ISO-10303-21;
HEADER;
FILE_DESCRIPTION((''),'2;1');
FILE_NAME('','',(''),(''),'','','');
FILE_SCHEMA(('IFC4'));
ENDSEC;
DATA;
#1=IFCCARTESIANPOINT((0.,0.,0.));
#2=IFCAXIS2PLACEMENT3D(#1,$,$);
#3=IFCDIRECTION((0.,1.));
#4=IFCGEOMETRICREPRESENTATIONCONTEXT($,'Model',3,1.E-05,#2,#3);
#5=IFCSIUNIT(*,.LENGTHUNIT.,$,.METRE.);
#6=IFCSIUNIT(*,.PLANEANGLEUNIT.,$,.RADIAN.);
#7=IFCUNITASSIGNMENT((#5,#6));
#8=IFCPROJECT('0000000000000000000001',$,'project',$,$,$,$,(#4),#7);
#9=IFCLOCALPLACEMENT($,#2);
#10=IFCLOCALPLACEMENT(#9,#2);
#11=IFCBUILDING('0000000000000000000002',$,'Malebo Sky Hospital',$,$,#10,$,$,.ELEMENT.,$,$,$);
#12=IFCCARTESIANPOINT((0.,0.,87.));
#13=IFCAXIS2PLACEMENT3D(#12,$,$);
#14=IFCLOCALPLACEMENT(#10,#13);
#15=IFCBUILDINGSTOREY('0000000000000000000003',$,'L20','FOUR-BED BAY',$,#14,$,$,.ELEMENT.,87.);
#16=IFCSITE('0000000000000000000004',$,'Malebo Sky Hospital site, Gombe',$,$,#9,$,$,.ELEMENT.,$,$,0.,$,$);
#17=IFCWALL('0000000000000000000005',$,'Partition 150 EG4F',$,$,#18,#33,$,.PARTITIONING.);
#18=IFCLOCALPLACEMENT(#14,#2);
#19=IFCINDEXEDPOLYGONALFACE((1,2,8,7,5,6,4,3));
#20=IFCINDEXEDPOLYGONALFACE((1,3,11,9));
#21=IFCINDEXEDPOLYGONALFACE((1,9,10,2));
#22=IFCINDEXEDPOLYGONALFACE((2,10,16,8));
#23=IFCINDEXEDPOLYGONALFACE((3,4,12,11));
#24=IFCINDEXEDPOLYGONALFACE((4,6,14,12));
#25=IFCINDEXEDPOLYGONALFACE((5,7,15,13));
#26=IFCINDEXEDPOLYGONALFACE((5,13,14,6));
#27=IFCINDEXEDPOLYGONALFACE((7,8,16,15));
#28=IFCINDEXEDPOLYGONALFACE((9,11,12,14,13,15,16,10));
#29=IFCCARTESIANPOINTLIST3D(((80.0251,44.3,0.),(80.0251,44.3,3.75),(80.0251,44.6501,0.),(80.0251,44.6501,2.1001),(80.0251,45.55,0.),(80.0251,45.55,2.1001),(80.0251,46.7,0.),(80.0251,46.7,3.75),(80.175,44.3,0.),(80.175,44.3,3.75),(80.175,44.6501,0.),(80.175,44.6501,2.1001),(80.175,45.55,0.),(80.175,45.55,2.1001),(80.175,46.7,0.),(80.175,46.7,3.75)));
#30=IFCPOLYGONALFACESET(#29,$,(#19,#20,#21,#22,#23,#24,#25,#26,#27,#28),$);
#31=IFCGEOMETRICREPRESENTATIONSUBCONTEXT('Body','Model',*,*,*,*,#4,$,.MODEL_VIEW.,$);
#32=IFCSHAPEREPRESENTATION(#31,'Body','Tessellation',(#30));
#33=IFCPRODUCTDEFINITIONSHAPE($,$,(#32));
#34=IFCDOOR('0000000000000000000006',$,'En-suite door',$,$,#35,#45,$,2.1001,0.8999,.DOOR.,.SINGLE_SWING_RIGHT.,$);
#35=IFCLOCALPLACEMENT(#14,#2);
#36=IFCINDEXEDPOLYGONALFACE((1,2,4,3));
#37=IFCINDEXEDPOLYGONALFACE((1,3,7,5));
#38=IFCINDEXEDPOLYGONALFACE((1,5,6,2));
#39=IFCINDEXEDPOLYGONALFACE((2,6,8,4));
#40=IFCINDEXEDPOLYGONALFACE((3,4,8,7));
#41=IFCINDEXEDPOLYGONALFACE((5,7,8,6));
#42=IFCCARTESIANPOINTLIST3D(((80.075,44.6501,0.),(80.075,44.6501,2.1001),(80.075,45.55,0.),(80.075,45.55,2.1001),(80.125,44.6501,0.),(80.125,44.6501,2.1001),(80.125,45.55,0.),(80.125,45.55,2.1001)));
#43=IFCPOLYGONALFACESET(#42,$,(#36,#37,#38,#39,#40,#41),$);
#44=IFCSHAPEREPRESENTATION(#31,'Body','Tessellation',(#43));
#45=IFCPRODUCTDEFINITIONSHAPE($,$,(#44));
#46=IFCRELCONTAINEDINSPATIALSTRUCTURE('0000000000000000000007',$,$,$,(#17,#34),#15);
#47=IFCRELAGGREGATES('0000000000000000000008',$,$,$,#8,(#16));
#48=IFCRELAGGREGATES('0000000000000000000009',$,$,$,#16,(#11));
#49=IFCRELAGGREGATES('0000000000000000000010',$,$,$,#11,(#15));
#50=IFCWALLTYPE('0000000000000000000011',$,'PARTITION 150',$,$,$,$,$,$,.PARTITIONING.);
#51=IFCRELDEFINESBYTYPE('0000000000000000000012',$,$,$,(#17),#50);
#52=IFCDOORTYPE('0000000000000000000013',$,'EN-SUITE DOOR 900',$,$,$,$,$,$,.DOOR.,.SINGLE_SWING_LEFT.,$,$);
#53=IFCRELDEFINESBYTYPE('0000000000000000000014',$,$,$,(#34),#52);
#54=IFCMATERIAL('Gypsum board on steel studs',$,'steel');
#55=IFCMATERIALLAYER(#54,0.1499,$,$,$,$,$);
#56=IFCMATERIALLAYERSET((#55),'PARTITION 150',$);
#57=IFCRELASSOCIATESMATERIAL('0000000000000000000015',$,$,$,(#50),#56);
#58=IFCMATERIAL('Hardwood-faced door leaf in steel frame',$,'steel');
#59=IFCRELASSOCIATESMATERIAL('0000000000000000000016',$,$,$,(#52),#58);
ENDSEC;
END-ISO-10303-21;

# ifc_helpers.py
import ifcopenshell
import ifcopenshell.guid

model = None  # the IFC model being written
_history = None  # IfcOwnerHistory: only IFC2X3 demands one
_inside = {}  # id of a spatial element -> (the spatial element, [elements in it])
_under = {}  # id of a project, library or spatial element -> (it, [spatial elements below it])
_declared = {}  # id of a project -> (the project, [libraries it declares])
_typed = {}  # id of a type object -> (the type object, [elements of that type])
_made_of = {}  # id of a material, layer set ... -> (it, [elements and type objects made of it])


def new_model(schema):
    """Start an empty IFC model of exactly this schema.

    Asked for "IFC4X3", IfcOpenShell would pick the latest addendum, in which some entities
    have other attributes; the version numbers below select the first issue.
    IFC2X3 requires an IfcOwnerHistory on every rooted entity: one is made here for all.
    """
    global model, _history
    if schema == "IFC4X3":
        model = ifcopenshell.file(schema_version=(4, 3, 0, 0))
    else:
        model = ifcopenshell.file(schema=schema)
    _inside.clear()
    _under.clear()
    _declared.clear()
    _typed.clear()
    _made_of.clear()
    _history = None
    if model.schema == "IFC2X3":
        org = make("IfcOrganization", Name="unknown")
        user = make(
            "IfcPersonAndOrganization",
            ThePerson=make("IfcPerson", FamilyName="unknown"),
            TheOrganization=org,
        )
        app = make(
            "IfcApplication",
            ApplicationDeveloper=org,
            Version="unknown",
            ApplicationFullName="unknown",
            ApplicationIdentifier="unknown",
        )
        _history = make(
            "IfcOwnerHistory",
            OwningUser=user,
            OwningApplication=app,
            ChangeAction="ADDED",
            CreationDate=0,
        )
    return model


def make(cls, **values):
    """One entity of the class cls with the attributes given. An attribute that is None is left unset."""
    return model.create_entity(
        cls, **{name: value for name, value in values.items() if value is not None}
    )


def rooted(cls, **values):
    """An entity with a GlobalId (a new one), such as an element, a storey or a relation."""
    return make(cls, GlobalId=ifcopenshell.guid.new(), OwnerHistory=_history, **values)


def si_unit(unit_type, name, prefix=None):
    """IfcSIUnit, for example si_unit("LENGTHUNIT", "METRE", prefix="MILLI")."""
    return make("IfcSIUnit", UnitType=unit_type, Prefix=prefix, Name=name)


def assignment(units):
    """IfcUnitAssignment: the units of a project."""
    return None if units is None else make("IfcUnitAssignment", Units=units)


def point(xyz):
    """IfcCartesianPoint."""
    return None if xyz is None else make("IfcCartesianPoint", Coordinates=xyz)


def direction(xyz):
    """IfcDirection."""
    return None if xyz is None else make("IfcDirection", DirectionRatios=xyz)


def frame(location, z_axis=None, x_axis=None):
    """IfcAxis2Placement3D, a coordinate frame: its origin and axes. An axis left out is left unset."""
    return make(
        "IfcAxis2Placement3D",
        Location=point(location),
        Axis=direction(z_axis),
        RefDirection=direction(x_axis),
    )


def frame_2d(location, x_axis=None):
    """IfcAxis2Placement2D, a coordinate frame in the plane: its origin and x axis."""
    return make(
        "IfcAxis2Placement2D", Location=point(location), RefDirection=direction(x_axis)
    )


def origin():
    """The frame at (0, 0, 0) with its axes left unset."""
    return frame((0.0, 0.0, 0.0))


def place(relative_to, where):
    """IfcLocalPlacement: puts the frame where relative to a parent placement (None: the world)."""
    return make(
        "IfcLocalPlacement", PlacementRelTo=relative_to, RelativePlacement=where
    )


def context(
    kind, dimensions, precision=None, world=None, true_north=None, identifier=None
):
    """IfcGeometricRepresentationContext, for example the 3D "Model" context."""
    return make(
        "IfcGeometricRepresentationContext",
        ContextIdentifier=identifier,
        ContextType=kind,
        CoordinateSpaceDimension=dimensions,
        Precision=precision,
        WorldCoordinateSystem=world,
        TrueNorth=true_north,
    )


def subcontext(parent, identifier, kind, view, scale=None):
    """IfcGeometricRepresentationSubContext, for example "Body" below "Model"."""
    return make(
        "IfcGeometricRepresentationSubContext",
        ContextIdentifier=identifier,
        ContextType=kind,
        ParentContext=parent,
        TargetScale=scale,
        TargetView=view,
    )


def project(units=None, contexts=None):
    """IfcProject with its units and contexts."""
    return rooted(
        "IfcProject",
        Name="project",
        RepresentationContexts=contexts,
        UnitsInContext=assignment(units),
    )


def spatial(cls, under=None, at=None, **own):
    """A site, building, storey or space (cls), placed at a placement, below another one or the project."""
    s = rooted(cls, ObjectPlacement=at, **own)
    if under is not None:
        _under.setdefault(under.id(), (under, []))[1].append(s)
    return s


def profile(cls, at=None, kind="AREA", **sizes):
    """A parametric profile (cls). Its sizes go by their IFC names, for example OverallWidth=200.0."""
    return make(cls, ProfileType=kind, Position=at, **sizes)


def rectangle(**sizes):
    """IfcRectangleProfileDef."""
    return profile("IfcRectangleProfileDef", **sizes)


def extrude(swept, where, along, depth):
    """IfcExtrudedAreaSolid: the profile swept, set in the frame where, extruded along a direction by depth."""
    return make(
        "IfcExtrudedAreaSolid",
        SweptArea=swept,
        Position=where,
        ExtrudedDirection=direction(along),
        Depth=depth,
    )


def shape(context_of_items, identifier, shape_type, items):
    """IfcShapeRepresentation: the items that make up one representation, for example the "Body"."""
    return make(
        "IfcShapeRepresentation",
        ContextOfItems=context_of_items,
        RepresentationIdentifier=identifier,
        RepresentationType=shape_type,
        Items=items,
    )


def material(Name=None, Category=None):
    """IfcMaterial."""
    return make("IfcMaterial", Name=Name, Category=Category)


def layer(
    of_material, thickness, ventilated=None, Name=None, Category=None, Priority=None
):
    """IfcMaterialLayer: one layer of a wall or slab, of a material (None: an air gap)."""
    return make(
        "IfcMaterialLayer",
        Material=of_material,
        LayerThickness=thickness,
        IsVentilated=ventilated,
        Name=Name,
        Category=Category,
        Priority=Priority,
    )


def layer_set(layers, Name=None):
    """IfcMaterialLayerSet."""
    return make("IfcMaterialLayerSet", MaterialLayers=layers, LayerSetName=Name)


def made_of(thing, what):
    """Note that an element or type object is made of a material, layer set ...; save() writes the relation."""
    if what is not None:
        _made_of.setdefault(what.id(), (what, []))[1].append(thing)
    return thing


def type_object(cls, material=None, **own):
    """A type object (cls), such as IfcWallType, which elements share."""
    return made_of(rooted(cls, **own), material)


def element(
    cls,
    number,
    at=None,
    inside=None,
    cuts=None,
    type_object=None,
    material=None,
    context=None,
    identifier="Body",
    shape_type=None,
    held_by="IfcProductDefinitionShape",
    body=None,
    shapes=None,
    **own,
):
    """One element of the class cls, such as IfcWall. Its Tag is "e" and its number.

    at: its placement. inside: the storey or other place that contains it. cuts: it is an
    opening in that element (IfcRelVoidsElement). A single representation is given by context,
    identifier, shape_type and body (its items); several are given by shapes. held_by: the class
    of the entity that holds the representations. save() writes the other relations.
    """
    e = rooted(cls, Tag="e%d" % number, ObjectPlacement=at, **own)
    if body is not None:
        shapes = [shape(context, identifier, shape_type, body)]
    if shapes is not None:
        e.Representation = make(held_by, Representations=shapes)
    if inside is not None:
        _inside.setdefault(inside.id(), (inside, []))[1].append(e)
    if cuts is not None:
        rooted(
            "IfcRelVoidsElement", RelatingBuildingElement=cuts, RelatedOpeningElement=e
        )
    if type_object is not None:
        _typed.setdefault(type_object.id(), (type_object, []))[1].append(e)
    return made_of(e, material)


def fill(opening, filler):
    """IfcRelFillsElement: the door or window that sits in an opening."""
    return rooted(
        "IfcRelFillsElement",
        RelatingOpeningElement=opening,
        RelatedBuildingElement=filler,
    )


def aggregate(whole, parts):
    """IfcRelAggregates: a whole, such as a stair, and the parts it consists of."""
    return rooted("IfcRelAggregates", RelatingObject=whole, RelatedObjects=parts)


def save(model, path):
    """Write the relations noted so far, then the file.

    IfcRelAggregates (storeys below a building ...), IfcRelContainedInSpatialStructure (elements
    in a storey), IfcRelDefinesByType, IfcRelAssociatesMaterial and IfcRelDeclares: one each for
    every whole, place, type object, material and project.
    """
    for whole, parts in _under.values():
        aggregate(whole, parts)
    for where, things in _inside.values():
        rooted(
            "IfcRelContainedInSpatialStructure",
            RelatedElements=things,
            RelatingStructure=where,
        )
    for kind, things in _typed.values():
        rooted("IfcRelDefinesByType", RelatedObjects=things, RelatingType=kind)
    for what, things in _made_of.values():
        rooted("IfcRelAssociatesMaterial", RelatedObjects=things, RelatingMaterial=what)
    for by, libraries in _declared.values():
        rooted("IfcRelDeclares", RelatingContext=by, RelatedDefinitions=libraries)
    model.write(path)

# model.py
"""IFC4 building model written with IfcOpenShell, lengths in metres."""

from ifc_helpers import new_model, si_unit, direction, frame, frame_2d, origin, place, context, subcontext, project, spatial, rectangle, extrude, material, layer, layer_set, type_object, element, fill, save


model = new_model("IFC4")

# Units and contexts
model_context = context("Model", 3, precision=1e-05, world=origin(), true_north=direction((0.0, 1.0)))
body_context = subcontext(model_context, "Body", "Model", "MODEL_VIEW")
ifc_project = project(units=[si_unit("LENGTHUNIT", "METRE"), si_unit("PLANEANGLEUNIT", "RADIAN")], contexts=[model_context])

# Site, building, storey
site_placement = place(None, origin())
site = spatial("IfcSite", under=ifc_project, at=site_placement, Name="Malebo Sky Hospital site, Gombe", CompositionType="ELEMENT", RefElevation=0.0)
building_placement = place(site_placement, origin())
building = spatial("IfcBuilding", under=site, at=building_placement, Name="Malebo Sky Hospital", CompositionType="ELEMENT")
storey_placement = place(building_placement, frame((0.0, 0.0, 87.0)))
storey = spatial("IfcBuildingStorey", under=building, at=storey_placement, Name="L20", Description="FOUR-BED BAY", CompositionType="ELEMENT", Elevation=87.0)

# Shared definitions
ifc_material_1 = material(Name="Gypsum board on steel studs", Category="steel")
ifc_material_2 = material(Name="Hardwood-faced door leaf in steel frame", Category="steel")

# Shared definitions
ifc_layer_1 = layer(ifc_material_1, 0.1499)
ifc_layer_set_1 = layer_set([ifc_layer_1], Name="PARTITION 150")
wall_type_1 = type_object("IfcWallType", Name="PARTITION 150", PredefinedType="PARTITIONING", material=ifc_layer_set_1)

# Shared definitions
door_type_1 = type_object("IfcDoorType", Name="EN-SUITE DOOR 900", OperationType="SINGLE_SWING_LEFT", PredefinedType="DOOR", material=ifc_material_2)

# Wall, opening, door
wall_1_placement = place(storey_placement, frame((80.1001, 46.7, 0.0), z_axis=(0.0, 0.0, 1.0), x_axis=(0.0, -1.0, 0.0)))
wall_1 = element("IfcWall", 1, at=wall_1_placement, inside=storey, type_object=wall_type_1, Name="Partition 150 EG4F", PredefinedType="PARTITIONING", context=body_context, shape_type="SweptSolid", body=[
    extrude(rectangle(XDim=2.3999, YDim=0.1499, at=frame_2d((1.2, 0.0))), origin(), (0.0, 0.0, 1.0), 3.75),
])
opening_1_placement = place(wall_1_placement, frame((1.1499, 0.0, 0.0)))
opening_1 = element("IfcOpeningElement", 2, at=opening_1_placement, cuts=wall_1, PredefinedType="OPENING", context=body_context, shape_type="SweptSolid", body=[
    extrude(rectangle(XDim=0.8999, YDim=2.1001, at=frame_2d((0.45, 1.05))), frame((0.0, 0.085, 0.0), z_axis=(0.0, -1.0, 0.0), x_axis=(1.0, 0.0, 0.0)), (0.0, 0.0, 1.0), 0.1699),
])
door_1_placement = place(opening_1_placement, origin())
door_1 = element("IfcDoor", 3, at=door_1_placement, inside=storey, type_object=door_type_1, Name="En-suite door", OperationType="SINGLE_SWING_RIGHT", OverallHeight=2.1001, OverallWidth=0.8999, PredefinedType="DOOR", context=body_context, shape_type="SweptSolid", body=[
    extrude(rectangle(XDim=0.8999, YDim=2.1001, at=frame_2d((0.45, 1.05))), frame((0.0, 0.0249, 0.0), z_axis=(0.0, -1.0, 0.0), x_axis=(1.0, 0.0, 0.0)), (0.0, 0.0, 1.0), 0.05),
])
fill(opening_1, door_1)

save(model, "model.ifc")
